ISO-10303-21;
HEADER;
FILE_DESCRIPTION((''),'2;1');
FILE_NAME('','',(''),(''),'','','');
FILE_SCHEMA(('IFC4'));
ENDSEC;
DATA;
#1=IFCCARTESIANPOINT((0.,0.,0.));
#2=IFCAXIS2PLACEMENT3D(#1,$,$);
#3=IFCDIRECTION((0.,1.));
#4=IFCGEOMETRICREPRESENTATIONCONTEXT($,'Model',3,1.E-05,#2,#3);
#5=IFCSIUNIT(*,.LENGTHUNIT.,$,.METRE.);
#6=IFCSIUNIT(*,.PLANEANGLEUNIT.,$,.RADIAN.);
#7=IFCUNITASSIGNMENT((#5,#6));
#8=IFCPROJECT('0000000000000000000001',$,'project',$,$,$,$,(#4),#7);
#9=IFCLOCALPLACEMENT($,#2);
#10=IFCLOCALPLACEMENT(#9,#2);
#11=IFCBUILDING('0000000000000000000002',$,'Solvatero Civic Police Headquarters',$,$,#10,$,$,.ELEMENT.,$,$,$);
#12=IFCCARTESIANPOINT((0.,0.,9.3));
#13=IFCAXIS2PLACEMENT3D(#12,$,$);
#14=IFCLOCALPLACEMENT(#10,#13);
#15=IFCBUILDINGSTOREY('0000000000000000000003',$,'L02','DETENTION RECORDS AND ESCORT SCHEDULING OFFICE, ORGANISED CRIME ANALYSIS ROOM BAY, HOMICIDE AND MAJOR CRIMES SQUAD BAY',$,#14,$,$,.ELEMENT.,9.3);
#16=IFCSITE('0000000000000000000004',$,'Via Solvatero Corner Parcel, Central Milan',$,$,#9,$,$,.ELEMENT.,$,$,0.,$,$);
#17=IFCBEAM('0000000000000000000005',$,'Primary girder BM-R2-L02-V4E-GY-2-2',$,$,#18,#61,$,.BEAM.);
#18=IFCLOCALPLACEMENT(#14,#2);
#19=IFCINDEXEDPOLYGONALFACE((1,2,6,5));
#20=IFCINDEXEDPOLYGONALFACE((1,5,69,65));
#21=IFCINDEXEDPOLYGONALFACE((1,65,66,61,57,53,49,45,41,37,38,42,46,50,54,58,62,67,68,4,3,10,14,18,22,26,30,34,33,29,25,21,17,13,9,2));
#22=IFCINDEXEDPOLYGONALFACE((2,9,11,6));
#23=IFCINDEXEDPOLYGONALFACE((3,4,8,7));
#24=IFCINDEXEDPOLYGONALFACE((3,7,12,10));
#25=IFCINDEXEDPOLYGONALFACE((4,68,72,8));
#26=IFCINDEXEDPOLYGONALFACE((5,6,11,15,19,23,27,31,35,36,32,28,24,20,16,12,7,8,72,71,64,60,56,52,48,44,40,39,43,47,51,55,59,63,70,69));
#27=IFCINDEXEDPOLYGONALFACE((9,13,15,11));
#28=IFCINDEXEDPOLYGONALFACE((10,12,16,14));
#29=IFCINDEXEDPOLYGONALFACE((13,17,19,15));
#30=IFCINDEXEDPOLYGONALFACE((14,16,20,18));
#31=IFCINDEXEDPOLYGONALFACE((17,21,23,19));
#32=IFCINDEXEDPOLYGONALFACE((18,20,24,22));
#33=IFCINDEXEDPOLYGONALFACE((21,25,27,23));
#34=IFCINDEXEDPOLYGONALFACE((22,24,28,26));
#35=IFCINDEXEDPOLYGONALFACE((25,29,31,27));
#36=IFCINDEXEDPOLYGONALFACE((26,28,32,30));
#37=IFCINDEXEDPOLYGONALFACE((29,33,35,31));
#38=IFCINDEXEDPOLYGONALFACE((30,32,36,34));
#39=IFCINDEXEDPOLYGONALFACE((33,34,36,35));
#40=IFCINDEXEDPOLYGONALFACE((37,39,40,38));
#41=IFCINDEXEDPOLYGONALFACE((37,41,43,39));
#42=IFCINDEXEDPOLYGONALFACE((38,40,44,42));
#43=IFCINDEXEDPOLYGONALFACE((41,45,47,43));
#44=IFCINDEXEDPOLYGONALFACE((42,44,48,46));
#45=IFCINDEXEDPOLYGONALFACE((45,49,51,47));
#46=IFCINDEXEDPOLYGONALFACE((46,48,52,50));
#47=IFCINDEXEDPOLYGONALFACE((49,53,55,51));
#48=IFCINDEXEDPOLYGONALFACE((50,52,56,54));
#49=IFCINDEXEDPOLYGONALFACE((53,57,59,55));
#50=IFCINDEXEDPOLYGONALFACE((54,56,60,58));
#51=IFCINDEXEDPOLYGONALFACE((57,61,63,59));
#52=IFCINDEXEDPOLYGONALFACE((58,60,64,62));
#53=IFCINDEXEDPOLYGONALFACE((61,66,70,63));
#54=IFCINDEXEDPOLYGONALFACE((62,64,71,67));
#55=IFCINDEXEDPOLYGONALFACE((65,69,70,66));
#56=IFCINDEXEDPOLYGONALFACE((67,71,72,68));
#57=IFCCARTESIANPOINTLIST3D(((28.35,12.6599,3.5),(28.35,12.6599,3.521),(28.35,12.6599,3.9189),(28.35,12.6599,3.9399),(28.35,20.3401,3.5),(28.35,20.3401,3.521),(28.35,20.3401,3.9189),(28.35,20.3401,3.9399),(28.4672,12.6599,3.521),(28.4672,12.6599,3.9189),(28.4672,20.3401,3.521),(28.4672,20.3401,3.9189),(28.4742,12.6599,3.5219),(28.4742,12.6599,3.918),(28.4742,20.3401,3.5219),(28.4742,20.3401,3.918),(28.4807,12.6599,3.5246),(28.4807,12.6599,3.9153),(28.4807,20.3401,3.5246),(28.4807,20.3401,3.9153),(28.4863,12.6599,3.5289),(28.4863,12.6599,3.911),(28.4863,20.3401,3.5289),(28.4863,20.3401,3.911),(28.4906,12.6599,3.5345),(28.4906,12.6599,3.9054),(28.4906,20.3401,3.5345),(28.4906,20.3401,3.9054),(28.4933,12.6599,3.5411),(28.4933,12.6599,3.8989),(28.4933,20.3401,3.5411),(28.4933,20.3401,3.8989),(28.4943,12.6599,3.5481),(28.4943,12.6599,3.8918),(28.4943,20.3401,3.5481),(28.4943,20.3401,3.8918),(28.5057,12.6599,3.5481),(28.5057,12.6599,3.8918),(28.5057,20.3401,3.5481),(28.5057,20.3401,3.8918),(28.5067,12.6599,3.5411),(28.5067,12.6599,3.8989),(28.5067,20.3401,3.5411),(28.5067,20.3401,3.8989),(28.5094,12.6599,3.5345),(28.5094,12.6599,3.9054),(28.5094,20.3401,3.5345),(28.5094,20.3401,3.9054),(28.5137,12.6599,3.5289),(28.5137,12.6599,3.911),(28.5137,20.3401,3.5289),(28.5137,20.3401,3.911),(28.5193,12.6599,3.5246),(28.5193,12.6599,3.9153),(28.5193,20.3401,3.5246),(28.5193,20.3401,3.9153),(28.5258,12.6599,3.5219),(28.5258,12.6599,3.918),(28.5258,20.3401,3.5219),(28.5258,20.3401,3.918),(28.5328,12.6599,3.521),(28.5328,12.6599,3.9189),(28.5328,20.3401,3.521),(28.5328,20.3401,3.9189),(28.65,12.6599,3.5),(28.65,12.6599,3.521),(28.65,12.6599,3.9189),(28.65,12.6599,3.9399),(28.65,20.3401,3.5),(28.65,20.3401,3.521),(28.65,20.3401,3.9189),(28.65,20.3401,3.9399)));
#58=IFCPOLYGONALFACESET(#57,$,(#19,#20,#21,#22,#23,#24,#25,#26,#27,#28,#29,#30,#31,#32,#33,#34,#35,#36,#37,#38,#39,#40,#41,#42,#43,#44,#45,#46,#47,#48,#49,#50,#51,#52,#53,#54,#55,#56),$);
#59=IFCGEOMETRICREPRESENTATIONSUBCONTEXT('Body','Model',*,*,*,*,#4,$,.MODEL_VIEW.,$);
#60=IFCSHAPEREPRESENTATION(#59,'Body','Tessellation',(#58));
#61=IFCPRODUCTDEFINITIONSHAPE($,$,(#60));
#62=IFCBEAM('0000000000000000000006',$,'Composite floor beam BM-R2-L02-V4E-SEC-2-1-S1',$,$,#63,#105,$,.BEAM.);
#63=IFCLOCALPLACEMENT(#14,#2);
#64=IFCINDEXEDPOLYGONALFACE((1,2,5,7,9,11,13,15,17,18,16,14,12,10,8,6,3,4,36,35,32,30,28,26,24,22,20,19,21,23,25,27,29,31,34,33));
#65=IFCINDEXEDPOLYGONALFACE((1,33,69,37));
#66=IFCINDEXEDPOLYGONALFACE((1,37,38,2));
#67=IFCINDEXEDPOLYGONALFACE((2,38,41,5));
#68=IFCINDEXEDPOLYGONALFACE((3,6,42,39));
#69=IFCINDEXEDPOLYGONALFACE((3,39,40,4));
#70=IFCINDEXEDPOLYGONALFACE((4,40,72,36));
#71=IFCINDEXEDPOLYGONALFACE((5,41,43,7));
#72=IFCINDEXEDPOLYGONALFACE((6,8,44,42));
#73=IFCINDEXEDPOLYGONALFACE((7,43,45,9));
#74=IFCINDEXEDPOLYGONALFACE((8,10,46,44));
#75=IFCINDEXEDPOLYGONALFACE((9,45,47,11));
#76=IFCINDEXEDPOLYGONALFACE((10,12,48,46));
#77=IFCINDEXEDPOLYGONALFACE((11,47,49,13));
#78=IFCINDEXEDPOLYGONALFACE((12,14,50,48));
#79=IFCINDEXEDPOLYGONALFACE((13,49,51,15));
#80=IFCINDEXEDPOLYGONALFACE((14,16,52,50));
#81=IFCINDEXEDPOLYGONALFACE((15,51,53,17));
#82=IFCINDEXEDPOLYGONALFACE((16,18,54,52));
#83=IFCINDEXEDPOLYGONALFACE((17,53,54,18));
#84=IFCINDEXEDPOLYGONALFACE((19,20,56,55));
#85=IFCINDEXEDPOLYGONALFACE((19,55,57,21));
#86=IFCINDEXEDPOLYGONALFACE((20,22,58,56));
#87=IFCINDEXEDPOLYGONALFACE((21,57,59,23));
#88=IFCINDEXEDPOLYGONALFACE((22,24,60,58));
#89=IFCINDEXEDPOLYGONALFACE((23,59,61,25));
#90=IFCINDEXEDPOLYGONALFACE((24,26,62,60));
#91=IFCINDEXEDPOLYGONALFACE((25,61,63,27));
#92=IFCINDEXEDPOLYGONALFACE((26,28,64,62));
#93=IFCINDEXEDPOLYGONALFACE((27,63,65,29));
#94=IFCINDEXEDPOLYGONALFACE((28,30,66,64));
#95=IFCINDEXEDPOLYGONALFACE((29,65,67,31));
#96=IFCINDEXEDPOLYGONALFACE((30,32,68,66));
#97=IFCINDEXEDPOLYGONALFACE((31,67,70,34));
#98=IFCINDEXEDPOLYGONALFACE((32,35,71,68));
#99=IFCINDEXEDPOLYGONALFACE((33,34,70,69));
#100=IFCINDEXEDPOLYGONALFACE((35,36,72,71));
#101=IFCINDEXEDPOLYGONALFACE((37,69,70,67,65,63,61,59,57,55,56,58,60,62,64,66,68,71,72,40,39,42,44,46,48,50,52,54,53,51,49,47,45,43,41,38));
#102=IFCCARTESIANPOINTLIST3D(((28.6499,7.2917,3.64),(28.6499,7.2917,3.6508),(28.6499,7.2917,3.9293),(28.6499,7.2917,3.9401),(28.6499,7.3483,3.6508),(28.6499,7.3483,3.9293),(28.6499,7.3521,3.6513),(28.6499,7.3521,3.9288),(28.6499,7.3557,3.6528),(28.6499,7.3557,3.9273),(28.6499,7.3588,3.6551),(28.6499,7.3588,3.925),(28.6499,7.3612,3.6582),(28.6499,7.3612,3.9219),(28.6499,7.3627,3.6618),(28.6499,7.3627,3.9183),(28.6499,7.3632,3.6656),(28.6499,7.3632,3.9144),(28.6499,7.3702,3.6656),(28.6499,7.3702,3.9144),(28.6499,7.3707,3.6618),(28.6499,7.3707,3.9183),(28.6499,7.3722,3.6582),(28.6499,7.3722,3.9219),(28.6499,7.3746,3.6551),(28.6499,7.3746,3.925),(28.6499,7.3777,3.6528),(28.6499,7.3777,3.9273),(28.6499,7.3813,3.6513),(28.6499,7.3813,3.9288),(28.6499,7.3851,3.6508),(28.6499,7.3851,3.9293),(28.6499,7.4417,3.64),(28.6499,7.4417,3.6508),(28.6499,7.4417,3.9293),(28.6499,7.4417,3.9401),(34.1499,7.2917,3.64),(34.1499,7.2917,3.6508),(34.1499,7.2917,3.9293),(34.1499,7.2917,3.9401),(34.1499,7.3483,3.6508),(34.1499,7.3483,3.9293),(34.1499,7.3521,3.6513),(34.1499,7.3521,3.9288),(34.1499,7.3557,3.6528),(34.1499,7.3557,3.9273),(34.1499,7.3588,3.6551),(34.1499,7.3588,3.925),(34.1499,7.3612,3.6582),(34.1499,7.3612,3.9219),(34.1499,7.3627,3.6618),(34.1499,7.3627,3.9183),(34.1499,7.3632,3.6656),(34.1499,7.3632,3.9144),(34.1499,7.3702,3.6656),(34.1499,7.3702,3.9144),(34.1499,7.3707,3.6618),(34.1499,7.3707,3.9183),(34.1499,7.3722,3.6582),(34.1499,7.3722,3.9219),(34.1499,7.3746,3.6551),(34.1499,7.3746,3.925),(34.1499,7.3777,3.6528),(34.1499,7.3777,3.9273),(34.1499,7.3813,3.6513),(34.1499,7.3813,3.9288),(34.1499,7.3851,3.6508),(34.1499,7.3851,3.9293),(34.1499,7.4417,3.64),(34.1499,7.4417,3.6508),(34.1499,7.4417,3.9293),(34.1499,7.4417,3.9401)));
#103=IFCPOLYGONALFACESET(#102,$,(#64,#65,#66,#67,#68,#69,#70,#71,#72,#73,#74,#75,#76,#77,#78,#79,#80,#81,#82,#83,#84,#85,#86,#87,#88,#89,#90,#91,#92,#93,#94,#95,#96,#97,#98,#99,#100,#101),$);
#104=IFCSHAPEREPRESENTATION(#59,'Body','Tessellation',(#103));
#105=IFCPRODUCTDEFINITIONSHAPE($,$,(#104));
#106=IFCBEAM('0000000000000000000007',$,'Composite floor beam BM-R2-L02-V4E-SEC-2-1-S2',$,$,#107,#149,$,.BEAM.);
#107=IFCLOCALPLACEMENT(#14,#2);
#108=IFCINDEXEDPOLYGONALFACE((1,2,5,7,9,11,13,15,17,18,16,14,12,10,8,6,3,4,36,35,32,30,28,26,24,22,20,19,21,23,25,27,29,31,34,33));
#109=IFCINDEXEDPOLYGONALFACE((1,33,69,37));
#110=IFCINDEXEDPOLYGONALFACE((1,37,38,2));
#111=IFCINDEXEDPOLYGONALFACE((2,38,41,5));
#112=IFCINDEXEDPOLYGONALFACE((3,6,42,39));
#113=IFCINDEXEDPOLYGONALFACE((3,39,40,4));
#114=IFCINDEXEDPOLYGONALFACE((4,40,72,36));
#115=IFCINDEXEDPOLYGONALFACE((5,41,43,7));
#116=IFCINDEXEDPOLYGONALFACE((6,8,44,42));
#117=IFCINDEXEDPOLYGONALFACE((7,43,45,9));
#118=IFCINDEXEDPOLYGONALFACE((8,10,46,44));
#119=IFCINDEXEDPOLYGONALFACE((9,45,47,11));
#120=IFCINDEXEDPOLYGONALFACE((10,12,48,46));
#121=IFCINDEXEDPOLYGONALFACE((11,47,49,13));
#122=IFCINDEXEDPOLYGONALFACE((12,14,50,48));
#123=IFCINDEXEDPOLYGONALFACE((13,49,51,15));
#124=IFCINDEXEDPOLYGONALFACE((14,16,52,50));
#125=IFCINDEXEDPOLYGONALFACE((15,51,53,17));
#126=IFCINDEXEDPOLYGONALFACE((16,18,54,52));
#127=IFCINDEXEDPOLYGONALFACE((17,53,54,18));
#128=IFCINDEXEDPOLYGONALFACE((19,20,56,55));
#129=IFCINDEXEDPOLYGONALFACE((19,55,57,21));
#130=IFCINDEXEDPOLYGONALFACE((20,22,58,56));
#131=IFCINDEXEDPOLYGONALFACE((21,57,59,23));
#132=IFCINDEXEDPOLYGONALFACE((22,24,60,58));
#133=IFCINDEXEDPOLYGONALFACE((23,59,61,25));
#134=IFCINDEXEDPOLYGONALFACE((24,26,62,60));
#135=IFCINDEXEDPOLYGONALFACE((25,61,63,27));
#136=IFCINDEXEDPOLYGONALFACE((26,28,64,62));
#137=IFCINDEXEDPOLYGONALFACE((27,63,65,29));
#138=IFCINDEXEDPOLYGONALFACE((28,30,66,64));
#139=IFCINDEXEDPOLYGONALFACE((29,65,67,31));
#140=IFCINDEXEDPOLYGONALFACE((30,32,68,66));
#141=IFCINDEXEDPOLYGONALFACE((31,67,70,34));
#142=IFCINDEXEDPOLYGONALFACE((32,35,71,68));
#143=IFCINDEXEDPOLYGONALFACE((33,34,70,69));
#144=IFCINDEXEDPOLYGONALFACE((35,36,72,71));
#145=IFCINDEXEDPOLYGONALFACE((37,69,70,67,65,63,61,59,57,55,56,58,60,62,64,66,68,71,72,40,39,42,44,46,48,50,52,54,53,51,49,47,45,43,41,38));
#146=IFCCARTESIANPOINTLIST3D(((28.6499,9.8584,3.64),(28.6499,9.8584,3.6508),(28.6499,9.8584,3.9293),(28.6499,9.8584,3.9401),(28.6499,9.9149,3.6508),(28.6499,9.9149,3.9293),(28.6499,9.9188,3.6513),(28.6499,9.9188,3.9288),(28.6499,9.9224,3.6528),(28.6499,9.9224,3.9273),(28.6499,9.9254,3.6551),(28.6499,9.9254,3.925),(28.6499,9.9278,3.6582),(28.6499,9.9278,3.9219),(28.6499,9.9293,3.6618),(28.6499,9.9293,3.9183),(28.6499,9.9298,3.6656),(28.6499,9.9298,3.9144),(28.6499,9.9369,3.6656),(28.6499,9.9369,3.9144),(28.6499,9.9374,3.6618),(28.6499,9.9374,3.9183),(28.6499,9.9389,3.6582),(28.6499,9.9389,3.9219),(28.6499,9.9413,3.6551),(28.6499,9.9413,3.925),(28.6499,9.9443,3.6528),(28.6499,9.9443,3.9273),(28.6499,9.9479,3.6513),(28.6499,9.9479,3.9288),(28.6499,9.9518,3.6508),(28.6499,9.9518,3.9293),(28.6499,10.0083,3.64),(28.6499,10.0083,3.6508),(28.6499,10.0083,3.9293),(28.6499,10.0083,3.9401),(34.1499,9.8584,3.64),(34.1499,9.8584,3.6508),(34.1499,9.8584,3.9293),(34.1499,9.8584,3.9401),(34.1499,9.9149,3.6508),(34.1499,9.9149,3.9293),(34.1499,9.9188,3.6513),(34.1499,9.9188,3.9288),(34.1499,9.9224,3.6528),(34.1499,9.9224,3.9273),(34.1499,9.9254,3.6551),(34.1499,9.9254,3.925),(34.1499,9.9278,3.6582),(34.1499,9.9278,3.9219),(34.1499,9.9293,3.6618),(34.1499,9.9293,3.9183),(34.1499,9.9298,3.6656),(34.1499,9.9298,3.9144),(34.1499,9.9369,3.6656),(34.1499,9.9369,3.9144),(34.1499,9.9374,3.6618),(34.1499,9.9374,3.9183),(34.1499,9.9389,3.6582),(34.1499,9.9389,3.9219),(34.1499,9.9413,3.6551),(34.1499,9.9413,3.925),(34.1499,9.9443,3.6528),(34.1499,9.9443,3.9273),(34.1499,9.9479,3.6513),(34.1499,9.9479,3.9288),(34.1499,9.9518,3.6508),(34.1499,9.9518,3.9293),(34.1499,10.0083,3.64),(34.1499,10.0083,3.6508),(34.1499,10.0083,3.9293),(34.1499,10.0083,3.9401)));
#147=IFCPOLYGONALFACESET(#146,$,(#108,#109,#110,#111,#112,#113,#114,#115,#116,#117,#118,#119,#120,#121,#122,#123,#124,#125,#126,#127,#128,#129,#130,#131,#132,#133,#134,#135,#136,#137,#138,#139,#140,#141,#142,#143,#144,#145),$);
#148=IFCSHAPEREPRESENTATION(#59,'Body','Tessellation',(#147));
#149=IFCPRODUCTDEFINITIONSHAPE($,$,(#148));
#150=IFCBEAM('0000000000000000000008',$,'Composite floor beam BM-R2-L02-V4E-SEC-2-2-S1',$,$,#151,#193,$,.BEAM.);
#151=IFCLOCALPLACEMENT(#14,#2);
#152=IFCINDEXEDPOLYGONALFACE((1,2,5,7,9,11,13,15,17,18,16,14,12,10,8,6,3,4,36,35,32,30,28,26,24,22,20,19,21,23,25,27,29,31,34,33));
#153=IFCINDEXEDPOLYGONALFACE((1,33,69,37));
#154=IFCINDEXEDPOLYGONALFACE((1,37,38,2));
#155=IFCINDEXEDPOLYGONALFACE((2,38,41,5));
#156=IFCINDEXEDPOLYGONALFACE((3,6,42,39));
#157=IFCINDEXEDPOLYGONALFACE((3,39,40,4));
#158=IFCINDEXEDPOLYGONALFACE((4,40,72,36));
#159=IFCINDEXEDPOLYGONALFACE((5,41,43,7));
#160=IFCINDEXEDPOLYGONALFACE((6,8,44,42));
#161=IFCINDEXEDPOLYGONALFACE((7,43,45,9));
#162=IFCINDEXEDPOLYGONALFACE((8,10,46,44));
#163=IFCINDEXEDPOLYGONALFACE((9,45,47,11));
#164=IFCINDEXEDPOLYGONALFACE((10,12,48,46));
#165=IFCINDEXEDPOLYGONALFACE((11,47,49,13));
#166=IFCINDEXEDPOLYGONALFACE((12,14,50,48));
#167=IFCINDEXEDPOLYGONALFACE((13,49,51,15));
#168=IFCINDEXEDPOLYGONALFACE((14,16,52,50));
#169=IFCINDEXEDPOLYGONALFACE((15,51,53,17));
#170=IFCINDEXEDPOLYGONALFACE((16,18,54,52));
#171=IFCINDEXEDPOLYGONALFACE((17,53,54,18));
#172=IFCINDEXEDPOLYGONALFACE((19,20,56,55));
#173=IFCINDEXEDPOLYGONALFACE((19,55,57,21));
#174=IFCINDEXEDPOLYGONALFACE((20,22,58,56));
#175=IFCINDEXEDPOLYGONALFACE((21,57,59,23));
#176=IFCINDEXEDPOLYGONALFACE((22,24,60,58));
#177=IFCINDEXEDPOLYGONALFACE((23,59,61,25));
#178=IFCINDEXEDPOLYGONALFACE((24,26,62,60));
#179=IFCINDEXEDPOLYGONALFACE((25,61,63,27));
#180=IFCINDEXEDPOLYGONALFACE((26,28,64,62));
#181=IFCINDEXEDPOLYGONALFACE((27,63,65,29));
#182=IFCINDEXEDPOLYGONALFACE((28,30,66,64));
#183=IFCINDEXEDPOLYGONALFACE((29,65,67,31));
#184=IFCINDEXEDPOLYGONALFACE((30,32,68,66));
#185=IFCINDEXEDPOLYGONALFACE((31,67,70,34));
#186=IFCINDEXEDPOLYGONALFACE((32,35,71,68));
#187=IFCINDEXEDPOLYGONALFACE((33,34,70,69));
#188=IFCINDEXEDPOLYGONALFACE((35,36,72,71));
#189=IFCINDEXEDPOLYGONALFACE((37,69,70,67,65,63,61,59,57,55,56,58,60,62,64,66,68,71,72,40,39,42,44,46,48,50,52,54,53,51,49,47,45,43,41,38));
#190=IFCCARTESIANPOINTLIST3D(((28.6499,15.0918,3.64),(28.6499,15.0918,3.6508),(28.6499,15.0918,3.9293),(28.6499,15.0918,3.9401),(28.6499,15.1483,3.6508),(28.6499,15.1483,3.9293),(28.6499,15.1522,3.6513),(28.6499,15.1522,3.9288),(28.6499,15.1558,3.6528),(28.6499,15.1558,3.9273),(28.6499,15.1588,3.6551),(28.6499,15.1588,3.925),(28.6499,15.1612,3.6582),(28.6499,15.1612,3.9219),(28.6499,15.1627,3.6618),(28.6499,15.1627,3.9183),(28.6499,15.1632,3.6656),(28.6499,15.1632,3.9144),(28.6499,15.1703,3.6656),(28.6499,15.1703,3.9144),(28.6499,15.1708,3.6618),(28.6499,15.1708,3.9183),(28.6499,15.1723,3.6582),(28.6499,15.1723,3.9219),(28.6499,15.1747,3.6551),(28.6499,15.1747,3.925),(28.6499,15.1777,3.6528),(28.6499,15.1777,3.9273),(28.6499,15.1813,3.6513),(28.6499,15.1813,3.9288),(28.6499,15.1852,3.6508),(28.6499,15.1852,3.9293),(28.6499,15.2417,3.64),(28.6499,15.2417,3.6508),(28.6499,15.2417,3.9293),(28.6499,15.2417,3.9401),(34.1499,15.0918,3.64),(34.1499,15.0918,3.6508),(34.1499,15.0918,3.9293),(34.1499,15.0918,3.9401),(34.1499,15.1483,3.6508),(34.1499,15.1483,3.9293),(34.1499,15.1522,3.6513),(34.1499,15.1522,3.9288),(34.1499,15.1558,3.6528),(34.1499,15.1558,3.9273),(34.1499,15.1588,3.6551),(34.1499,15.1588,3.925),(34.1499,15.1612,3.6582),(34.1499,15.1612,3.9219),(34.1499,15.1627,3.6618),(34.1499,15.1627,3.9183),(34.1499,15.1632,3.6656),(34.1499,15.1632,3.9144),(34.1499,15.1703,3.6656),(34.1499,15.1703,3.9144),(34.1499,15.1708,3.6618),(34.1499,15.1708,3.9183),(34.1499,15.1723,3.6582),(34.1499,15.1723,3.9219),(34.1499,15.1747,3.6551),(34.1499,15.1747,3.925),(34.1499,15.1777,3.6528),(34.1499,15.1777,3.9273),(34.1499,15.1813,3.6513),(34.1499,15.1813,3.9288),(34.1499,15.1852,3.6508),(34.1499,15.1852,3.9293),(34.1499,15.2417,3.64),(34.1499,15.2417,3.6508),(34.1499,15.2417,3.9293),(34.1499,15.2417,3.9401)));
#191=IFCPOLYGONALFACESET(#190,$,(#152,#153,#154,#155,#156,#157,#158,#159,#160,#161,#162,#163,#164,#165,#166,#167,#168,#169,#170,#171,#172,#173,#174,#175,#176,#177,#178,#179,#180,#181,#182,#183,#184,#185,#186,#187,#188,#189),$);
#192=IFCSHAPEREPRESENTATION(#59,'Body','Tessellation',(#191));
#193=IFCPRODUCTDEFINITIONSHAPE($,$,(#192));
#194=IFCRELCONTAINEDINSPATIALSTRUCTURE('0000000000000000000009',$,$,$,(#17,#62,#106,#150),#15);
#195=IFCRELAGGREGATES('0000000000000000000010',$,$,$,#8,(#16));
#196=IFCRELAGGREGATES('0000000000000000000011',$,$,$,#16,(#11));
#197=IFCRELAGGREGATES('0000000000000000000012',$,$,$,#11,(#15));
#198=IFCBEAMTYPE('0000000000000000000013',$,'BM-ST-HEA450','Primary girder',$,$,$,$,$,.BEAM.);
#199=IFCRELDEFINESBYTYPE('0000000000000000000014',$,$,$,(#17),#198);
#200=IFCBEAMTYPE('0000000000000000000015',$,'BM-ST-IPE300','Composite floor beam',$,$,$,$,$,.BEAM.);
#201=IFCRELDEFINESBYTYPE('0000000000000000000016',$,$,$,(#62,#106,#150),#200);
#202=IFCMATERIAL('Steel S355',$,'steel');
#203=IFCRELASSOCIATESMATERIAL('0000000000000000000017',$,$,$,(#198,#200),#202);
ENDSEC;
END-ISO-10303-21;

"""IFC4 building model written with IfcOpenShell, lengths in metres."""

from ifc_helpers import new_model, si_unit, direction, frame, origin, origin_2d, place, context, subcontext, project, spatial, i_section, extrude, material, material_profile, profile_set, type_object, element, save


model = new_model("IFC4")

# Units and contexts
model_context = context("Model", 3, precision=1e-05, world=origin(), true_north=direction((0.0, 1.0)))
body_context = subcontext(model_context, "Body", "Model", "MODEL_VIEW")
ifc_project = project(units=[si_unit("LENGTHUNIT", "METRE"), si_unit("PLANEANGLEUNIT", "RADIAN")], contexts=[model_context])

# Site, building, storey
site_placement = place(None, origin())
site = spatial("IfcSite", under=ifc_project, at=site_placement, Name="Via Solvatero Corner Parcel, Central Milan", CompositionType="ELEMENT", RefElevation=0.0)
building_placement = place(site_placement, origin())
building = spatial("IfcBuilding", under=site, at=building_placement, Name="Solvatero Civic Police Headquarters", CompositionType="ELEMENT")
storey_placement = place(building_placement, frame((0.0, 0.0, 9.3)))
storey = spatial("IfcBuildingStorey", under=building, at=storey_placement, Name="L02", Description="DETENTION RECORDS AND ESCORT SCHEDULING OFFICE, ORGANISED CRIME ANALYSIS ROOM BAY, HOMICIDE AND MAJOR CRIMES SQUAD BAY", CompositionType="ELEMENT", Elevation=9.3)

# Shared definitions
ifc_material_1 = material(Name="Steel S355", Category="steel")

# Beams
ifc_material_profile_1 = material_profile(ifc_material_1, i_section(OverallWidth=0.3, OverallDepth=0.4399, WebThickness=0.0115, FlangeThickness=0.021, FilletRadius=0.0271, at=origin_2d()), Name="HEA 450")
ifc_profile_set_1 = profile_set([ifc_material_profile_1], Name="Steel S355")
beam_type_1 = type_object("IfcBeamType", Name="BM-ST-HEA450", Description="Primary girder", PredefinedType="BEAM", material=ifc_profile_set_1)
beam_1_placement = place(storey_placement, frame((28.5, 12.6599, 3.72), z_axis=(0.0, 1.0, 0.0), x_axis=(-1.0, 0.0, 0.0)))
element("IfcBeam", 1, at=beam_1_placement, inside=storey, type_object=beam_type_1, Name="Primary girder BM-R2-L02-V4E-GY-2-2", PredefinedType="BEAM", context=body_context, shape_type="SweptSolid", body=[
    extrude(i_section(OverallWidth=0.3, OverallDepth=0.4399, WebThickness=0.0115, FlangeThickness=0.021, FilletRadius=0.0271, at=origin_2d()), origin(), (0.0, 0.0, 1.0), 7.6802),
])
ifc_material_profile_2 = material_profile(ifc_material_1, i_section(OverallWidth=0.1499, OverallDepth=0.3, WebThickness=0.0071, FlangeThickness=0.0107, FilletRadius=0.0149, at=origin_2d()), Name="IPE 300")
ifc_profile_set_2 = profile_set([ifc_material_profile_2], Name="Steel S355")
beam_type_2 = type_object("IfcBeamType", Name="BM-ST-IPE300", Description="Composite floor beam", PredefinedType="BEAM", material=ifc_profile_set_2)
for number, where, z_axis, x_axis, name in (
    (2, (28.6499, 7.3667, 3.79), (1.0, 0.0, 0.0), (0.0, 1.0, 0.0), "Composite floor beam BM-R2-L02-V4E-SEC-2-1-S1"),
    (3, (28.6499, 9.9333, 3.79), (1.0, 0.0, 0.0), (0.0, 1.0, 0.0), "Composite floor beam BM-R2-L02-V4E-SEC-2-1-S2"),
    (4, (28.6499, 15.1667, 3.79), (1.0, 0.0, 0.0), (0.0, 1.0, 0.0), "Composite floor beam BM-R2-L02-V4E-SEC-2-2-S1"),
):
    element("IfcBeam", number, at=place(storey_placement, frame(where, z_axis=z_axis, x_axis=x_axis)), inside=storey, type_object=beam_type_2, Name=name, PredefinedType="BEAM", context=body_context, shape_type="SweptSolid", body=[
        extrude(i_section(OverallWidth=0.1499, OverallDepth=0.3, WebThickness=0.0071, FlangeThickness=0.0107, FilletRadius=0.0149, at=origin_2d()), origin(), (0.0, 0.0, 1.0), 5.5),
    ])

save(model, "model.ifc")
